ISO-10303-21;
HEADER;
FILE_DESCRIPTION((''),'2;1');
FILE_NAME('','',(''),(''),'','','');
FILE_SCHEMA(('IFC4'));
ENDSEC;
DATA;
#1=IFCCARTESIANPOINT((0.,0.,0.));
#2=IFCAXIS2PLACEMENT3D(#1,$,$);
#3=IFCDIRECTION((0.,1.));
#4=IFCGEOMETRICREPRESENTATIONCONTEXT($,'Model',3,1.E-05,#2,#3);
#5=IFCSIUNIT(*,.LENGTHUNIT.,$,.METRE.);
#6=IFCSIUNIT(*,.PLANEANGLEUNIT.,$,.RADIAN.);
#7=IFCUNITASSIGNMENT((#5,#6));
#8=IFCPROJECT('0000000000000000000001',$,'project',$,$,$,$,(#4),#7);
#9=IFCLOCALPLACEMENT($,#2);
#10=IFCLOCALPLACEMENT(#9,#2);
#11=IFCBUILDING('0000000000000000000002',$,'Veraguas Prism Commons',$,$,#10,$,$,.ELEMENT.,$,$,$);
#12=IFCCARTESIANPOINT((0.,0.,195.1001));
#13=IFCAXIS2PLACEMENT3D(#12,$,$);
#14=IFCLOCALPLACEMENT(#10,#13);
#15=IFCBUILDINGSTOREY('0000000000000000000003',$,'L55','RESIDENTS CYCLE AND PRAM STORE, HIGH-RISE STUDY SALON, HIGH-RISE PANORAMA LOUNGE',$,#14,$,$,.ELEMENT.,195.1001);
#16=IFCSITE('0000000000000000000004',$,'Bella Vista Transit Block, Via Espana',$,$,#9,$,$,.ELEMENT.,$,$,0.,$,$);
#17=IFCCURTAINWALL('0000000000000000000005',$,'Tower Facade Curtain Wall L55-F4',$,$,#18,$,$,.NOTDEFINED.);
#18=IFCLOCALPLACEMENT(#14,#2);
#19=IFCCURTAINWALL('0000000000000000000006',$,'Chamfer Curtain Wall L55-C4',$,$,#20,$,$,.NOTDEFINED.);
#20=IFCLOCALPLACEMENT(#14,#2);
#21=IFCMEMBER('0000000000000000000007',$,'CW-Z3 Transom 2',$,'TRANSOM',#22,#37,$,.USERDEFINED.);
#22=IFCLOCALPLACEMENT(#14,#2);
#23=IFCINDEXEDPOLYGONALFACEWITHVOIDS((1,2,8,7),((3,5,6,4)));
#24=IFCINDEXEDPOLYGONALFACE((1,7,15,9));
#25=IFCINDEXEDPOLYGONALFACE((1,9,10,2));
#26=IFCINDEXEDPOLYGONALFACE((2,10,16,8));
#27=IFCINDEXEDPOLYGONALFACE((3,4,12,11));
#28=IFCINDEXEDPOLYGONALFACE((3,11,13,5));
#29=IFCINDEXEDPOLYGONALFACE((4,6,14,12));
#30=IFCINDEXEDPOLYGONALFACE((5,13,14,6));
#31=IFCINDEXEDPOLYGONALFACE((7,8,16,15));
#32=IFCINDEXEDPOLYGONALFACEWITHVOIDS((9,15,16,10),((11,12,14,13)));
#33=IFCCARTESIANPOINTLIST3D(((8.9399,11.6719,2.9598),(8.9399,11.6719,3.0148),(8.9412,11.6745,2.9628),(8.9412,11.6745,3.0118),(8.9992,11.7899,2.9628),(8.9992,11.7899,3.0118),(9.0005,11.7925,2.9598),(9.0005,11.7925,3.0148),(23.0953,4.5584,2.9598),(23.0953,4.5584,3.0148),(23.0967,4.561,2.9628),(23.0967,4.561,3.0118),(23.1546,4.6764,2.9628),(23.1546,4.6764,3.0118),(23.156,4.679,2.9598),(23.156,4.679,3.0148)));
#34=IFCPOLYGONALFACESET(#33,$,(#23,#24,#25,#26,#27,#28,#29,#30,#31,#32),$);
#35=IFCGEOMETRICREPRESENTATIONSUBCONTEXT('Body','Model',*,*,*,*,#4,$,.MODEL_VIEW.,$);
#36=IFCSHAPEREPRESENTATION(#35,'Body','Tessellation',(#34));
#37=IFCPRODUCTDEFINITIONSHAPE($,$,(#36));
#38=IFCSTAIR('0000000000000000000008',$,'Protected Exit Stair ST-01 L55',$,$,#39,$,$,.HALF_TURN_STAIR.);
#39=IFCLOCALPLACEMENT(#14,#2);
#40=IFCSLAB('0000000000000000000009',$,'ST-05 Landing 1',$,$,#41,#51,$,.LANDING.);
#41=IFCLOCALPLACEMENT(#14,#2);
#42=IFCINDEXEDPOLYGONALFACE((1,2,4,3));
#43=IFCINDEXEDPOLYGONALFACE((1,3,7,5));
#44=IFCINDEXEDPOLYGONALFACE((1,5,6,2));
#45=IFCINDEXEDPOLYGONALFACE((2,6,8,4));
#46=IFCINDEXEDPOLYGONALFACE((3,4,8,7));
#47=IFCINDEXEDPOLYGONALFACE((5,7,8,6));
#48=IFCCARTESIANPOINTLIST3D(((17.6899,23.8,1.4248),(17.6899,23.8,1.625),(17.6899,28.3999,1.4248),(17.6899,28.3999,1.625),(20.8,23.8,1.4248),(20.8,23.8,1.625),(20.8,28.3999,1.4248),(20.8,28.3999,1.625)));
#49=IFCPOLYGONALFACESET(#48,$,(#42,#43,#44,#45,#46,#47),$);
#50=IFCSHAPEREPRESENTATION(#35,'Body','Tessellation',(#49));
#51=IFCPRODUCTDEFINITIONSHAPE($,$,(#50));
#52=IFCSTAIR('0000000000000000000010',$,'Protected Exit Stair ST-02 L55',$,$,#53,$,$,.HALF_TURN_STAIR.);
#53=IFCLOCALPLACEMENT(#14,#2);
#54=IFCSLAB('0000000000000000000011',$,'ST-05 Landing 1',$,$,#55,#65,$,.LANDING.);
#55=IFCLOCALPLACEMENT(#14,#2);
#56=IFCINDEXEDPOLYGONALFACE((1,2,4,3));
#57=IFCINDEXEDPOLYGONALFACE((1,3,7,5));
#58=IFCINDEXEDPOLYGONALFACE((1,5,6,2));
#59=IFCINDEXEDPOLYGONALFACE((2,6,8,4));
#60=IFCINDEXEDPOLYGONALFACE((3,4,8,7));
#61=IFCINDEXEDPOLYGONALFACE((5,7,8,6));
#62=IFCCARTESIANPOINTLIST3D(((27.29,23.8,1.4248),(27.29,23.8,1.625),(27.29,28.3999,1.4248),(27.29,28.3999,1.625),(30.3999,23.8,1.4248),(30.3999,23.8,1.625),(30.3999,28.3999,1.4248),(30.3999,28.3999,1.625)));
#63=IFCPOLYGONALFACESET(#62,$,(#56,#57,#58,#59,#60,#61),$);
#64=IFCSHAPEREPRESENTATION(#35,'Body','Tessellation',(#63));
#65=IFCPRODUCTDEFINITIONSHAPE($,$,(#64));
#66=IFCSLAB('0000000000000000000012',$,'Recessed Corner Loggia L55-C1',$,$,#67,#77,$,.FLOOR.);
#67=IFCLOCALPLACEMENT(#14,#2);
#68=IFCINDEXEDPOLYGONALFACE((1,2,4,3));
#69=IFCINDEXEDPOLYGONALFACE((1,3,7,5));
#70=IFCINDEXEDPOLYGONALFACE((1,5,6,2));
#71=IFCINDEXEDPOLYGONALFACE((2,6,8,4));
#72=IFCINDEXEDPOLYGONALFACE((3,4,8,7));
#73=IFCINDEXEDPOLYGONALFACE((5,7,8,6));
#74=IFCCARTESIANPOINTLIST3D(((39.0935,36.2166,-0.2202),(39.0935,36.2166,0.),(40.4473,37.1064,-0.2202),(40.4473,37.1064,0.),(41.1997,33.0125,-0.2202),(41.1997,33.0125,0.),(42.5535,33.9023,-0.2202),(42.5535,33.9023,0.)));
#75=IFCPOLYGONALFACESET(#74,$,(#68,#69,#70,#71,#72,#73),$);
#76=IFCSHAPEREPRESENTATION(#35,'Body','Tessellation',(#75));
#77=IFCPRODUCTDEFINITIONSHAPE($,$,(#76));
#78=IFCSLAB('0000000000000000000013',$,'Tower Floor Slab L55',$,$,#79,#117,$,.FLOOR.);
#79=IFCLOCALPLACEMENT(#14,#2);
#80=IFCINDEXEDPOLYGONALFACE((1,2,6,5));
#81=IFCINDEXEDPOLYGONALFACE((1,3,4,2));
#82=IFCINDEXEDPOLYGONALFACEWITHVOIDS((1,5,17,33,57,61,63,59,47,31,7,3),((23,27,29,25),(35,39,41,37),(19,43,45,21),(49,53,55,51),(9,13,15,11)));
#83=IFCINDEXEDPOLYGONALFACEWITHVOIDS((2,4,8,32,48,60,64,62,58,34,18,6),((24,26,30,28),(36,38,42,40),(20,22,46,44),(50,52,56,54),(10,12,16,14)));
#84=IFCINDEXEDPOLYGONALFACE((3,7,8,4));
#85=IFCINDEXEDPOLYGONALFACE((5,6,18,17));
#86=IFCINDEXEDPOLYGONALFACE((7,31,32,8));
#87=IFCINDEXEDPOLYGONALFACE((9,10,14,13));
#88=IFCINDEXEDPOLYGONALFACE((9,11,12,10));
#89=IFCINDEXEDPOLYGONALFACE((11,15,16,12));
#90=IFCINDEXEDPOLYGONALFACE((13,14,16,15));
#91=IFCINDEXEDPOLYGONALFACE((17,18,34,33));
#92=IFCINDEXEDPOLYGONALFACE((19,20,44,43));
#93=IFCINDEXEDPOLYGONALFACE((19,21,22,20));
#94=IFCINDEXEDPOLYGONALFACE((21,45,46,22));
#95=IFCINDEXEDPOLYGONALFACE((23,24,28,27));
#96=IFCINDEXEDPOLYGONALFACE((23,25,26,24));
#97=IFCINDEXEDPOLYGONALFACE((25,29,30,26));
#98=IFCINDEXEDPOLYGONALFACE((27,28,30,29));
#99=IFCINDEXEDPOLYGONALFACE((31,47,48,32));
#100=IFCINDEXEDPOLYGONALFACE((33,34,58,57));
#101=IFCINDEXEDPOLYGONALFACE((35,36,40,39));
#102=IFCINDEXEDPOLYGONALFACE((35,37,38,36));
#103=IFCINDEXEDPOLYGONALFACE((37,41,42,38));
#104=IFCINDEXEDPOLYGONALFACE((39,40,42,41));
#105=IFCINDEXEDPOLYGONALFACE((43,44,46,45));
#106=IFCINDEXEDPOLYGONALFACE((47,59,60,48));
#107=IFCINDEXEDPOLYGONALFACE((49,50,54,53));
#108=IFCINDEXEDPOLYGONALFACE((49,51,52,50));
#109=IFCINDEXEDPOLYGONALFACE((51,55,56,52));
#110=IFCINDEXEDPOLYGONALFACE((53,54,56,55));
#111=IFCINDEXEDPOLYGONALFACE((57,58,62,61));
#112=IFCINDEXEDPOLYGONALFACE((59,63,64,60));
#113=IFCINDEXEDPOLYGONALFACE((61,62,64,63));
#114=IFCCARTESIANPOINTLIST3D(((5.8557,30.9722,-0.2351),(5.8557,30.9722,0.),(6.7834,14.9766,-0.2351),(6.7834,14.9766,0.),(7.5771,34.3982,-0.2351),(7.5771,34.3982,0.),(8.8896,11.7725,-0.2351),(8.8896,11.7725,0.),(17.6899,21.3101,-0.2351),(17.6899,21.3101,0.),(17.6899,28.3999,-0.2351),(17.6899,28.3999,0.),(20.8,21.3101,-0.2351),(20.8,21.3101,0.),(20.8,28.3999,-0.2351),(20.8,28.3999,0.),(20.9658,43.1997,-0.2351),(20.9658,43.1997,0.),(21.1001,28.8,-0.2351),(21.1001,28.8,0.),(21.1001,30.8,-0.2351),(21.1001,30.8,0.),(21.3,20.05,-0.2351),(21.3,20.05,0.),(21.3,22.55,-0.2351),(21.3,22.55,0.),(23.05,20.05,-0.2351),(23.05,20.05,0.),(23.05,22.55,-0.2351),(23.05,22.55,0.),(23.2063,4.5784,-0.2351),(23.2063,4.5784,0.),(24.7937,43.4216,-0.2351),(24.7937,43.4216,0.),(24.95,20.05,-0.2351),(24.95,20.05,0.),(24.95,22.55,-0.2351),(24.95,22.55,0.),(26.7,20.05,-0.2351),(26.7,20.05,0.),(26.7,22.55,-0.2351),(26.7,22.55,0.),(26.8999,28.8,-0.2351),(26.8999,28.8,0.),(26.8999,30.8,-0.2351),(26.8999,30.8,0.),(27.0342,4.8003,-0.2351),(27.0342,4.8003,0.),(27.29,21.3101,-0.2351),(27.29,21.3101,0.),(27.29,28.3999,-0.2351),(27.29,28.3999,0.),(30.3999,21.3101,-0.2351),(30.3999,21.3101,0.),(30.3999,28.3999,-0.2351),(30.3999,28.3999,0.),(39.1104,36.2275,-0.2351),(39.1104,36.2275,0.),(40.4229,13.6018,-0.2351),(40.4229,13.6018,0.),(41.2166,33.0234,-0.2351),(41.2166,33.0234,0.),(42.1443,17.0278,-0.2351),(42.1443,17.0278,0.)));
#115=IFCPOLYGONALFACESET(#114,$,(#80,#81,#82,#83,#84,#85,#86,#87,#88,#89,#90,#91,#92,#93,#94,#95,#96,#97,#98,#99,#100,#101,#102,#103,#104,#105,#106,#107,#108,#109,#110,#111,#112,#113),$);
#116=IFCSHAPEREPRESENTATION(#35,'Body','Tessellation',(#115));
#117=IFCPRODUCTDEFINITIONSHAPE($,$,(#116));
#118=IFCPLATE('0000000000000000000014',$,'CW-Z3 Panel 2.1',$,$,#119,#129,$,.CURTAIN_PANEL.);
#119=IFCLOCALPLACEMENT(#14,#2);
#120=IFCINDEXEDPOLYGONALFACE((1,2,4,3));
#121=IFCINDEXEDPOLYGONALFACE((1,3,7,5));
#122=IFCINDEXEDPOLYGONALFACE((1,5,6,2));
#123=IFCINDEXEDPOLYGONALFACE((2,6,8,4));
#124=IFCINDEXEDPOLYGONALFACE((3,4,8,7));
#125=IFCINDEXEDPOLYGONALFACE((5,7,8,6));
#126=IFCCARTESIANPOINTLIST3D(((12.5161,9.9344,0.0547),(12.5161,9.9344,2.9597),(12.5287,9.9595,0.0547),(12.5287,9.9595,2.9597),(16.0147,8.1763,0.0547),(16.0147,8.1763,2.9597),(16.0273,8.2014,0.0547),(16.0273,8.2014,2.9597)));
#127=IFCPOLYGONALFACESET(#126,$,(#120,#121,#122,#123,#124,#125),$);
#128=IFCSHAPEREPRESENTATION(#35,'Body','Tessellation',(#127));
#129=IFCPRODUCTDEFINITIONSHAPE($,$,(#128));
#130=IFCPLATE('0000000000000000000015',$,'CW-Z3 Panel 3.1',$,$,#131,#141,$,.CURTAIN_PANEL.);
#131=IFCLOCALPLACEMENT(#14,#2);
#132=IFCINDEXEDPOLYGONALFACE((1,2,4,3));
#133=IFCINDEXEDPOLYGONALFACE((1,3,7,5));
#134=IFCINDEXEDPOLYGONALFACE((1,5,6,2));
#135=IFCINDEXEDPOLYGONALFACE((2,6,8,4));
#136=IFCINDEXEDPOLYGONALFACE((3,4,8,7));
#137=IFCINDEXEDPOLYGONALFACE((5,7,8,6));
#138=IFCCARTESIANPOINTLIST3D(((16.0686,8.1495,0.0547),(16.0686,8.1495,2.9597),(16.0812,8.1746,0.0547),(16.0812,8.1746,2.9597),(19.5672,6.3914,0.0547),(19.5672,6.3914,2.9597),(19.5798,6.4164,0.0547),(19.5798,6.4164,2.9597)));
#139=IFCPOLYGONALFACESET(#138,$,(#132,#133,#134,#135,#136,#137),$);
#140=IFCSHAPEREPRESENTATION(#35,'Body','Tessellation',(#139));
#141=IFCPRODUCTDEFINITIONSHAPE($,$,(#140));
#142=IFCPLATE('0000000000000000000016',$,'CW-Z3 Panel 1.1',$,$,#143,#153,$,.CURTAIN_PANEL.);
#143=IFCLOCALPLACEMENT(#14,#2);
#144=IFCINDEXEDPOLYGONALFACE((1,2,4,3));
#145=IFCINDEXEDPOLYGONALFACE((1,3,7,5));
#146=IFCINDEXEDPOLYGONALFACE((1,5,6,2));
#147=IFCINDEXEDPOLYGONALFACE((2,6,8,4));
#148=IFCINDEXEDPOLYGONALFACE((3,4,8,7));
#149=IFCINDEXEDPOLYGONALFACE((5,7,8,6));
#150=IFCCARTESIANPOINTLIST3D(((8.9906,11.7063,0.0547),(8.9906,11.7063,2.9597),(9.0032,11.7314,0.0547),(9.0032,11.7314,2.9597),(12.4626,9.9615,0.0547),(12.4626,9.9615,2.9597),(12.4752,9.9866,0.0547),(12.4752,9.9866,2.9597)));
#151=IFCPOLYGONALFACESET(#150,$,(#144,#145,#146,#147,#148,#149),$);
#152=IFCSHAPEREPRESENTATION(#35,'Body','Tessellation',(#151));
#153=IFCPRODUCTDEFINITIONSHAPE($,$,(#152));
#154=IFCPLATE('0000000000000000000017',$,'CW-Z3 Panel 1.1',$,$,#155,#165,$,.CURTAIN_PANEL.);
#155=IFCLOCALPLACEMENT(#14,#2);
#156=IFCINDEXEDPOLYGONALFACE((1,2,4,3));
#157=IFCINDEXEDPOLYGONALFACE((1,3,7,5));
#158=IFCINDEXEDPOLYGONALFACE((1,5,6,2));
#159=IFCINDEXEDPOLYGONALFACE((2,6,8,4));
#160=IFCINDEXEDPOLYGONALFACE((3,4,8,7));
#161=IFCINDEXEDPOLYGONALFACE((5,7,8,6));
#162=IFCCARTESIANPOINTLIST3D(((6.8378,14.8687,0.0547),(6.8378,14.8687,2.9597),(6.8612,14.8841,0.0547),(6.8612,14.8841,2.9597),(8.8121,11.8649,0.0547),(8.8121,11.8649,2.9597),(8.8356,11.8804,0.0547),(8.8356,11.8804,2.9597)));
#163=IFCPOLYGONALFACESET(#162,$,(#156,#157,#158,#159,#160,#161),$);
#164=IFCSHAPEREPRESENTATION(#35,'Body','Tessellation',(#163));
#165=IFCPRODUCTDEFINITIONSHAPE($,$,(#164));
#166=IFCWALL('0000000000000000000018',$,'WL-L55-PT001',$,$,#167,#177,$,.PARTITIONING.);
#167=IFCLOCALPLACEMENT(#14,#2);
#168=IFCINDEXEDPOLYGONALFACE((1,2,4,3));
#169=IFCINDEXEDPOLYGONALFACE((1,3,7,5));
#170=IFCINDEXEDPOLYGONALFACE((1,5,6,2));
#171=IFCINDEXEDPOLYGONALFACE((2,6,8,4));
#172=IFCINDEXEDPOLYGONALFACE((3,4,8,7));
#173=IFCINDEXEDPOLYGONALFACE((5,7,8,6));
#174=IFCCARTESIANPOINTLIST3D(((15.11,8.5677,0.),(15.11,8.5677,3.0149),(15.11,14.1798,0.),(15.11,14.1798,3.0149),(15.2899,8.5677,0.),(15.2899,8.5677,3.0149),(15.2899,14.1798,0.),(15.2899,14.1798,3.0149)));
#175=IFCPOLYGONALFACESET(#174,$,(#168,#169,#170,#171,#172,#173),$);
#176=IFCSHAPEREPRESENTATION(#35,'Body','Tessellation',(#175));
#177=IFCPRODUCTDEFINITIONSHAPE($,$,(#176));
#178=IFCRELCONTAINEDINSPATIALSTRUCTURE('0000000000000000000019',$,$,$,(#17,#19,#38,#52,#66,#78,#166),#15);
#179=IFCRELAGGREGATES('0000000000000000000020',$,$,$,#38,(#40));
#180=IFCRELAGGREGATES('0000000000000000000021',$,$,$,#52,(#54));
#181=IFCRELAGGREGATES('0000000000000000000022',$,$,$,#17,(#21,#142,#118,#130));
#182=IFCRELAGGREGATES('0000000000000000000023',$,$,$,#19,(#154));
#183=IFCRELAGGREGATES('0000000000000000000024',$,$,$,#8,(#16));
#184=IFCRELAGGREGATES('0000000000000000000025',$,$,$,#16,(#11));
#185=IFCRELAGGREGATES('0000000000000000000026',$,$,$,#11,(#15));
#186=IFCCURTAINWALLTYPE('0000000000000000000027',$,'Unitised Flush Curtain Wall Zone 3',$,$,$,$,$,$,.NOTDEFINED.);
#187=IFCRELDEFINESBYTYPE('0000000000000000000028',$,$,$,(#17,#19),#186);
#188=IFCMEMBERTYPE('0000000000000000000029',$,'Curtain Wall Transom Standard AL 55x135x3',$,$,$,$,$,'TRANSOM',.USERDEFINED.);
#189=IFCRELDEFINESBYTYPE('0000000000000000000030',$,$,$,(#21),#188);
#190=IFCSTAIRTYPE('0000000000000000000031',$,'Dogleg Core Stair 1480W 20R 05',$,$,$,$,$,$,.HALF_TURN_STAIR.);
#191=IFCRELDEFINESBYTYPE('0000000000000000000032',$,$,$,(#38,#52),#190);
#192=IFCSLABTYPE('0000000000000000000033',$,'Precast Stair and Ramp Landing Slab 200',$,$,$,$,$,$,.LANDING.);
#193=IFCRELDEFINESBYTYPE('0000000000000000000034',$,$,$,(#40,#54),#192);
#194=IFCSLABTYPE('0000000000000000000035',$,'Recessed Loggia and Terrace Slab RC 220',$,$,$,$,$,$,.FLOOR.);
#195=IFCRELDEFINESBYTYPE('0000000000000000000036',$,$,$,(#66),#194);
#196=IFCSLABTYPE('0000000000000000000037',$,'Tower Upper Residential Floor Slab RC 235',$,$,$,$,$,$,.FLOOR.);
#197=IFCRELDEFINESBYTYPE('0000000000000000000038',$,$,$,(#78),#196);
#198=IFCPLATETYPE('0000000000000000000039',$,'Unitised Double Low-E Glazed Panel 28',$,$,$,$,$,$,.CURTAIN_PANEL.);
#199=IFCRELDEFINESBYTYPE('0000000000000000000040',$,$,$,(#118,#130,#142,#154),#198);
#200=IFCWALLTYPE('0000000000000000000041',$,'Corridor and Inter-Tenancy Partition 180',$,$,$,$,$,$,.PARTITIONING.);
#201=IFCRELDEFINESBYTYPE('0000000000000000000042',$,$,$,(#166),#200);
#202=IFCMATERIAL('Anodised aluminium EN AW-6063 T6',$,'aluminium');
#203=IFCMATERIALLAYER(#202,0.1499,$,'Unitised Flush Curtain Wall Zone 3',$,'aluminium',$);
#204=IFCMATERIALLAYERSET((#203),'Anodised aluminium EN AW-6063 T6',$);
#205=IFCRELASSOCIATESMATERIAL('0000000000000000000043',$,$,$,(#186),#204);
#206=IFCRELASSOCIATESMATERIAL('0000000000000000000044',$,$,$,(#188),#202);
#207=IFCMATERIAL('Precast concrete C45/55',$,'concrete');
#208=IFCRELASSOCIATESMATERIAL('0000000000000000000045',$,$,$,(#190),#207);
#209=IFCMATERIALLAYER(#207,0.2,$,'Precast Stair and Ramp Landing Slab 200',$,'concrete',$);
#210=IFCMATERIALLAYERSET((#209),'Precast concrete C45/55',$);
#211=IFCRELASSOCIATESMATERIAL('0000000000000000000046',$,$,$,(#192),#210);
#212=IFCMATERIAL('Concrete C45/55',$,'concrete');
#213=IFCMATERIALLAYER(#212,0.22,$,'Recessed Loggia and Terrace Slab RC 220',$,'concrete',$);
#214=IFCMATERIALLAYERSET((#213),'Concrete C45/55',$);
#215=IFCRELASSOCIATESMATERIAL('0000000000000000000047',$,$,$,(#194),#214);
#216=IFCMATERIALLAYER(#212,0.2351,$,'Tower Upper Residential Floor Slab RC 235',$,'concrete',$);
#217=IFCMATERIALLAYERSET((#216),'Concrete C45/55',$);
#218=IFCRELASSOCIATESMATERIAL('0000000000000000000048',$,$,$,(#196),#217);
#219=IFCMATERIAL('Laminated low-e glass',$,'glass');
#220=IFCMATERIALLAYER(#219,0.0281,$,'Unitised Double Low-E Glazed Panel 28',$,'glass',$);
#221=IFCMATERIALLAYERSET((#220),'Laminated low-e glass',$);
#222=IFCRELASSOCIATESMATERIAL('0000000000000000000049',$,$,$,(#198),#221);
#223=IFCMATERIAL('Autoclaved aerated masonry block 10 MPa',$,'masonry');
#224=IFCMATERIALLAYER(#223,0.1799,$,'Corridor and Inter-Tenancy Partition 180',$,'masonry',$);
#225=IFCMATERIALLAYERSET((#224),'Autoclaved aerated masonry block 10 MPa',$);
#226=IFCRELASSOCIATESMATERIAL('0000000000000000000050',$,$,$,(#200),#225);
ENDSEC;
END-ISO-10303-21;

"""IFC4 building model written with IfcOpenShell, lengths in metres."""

from ifc_helpers import new_model, si_unit, direction, frame, frame_2d, origin, origin_2d, place, context, subcontext, project, spatial, polyline, rectangle, hollow_rectangle, outline, extrude, source, transform, mapped, material, layer, layer_set, material_profile, profile_set, type_object, element, aggregate, save


model = new_model("IFC4")

# Units and contexts
model_context = context("Model", 3, precision=1e-05, world=origin(), true_north=direction((0.0, 1.0)))
body_context = subcontext(model_context, "Body", "Model", "MODEL_VIEW")
ifc_project = project(units=[si_unit("LENGTHUNIT", "METRE"), si_unit("PLANEANGLEUNIT", "RADIAN")], contexts=[model_context])

# Site, building, storey
site_placement = place(None, origin())
site = spatial("IfcSite", under=ifc_project, at=site_placement, Name="Bella Vista Transit Block, Via Espana", CompositionType="ELEMENT", RefElevation=0.0)
building_placement = place(site_placement, origin())
building = spatial("IfcBuilding", under=site, at=building_placement, Name="Veraguas Prism Commons", CompositionType="ELEMENT")
storey_placement = place(building_placement, frame((0.0, 0.0, 195.1001)))
storey = spatial("IfcBuildingStorey", under=building, at=storey_placement, Name="L55", Description="RESIDENTS CYCLE AND PRAM STORE, HIGH-RISE STUDY SALON, HIGH-RISE PANORAMA LOUNGE", CompositionType="ELEMENT", Elevation=195.1001)

# Curtain wall
ifc_material_1 = material(Name="Anodised aluminium EN AW-6063 T6", Category="aluminium")
ifc_layer_1 = layer(ifc_material_1, 0.1499, Name="Unitised Flush Curtain Wall Zone 3", Category="aluminium")
ifc_layer_set_1 = layer_set([ifc_layer_1], Name="Anodised aluminium EN AW-6063 T6")
curtain_wall_type = type_object("IfcCurtainWallType", Name="Unitised Flush Curtain Wall Zone 3", PredefinedType="NOTDEFINED", material=ifc_layer_set_1)
curtain_wall_1_placement = place(storey_placement, origin())
curtain_wall_1 = element("IfcCurtainWall", 1, at=curtain_wall_1_placement, inside=storey, type_object=curtain_wall_type, Name="Tower Facade Curtain Wall L55-F4", PredefinedType="NOTDEFINED")

# Curtain wall
curtain_wall_2_placement = place(storey_placement, origin())
curtain_wall_2 = element("IfcCurtainWall", 2, at=curtain_wall_2_placement, inside=storey, type_object=curtain_wall_type, Name="Chamfer Curtain Wall L55-C4", PredefinedType="NOTDEFINED")

# Member
ifc_material_profile_1 = material_profile(ifc_material_1, hollow_rectangle(XDim=0.0549, YDim=0.135, WallThickness=0.0029, at=origin_2d()), Name="AL55X135X3")
ifc_profile_set_1 = profile_set([ifc_material_profile_1], Name="Anodised aluminium EN AW-6063 T6")
member_type_1 = type_object("IfcMemberType", Name="Curtain Wall Transom Standard AL 55x135x3", ElementType="TRANSOM", PredefinedType="USERDEFINED", material=ifc_profile_set_1)
shared_shape_1 = source(origin(), body_context, "Body", "SweptSolid", [
    extrude(hollow_rectangle(XDim=0.0549, YDim=0.135, WallThickness=0.0029, at=origin_2d()), origin(), (0.0, 0.0, 1.0), 15.8423),
])
member_1_placement = place(storey_placement, frame((8.9702, 11.7322, 2.9873), z_axis=(0.893522, -0.449019, 0.0), x_axis=(0.0, 0.0, 1.0)))
member_1 = element("IfcMember", 3, at=member_1_placement, type_object=member_type_1, Name="CW-Z3 Transom 2", ObjectType="TRANSOM", PredefinedType="USERDEFINED", context=body_context, shape_type="MappedRepresentation", body=[
    mapped(shared_shape_1, transform((0.0, 0.0, 0.0), scale=1.0)),
])

# Stairs, slabs
ifc_material_2 = material(Name="Precast concrete C45/55", Category="concrete")
stair_type = type_object("IfcStairType", Name="Dogleg Core Stair 1480W 20R 05", PredefinedType="HALF_TURN_STAIR", material=ifc_material_2)
stair_1_placement = place(storey_placement, origin())
stair_1 = element("IfcStair", 4, at=stair_1_placement, inside=storey, type_object=stair_type, Name="Protected Exit Stair ST-01 L55", PredefinedType="HALF_TURN_STAIR")
ifc_layer_2 = layer(ifc_material_2, 0.2, Name="Precast Stair and Ramp Landing Slab 200", Category="concrete")
ifc_layer_set_2 = layer_set([ifc_layer_2], Name="Precast concrete C45/55")
slab_type_1 = type_object("IfcSlabType", Name="Precast Stair and Ramp Landing Slab 200", PredefinedType="LANDING", material=ifc_layer_set_2)
slab_1_placement = place(storey_placement, frame((0.0, 0.0, 1.4248)))
slab_1 = element("IfcSlab", 5, at=slab_1_placement, type_object=slab_type_1, Name="ST-05 Landing 1", PredefinedType="LANDING", context=body_context, shape_type="SweptSolid", body=[
    extrude(outline(polyline([(20.8, 23.8), (20.8, 28.3999), (17.6899, 28.3999), (17.6899, 23.8), (20.8, 23.8)])), origin(), (0.0, 0.0, 1.0), 0.2002),
])
aggregate(stair_1, [slab_1])
stair_2_placement = place(storey_placement, origin())
stair_2 = element("IfcStair", 6, at=stair_2_placement, inside=storey, type_object=stair_type, Name="Protected Exit Stair ST-02 L55", PredefinedType="HALF_TURN_STAIR")
slab_2_placement = place(storey_placement, frame((0.0, 0.0, 1.4248)))
slab_2 = element("IfcSlab", 7, at=slab_2_placement, type_object=slab_type_1, Name="ST-05 Landing 1", PredefinedType="LANDING", context=body_context, shape_type="SweptSolid", body=[
    extrude(outline(polyline([(30.3999, 23.8), (30.3999, 28.3999), (27.29, 28.3999), (27.29, 23.8), (30.3999, 23.8)])), origin(), (0.0, 0.0, 1.0), 0.2002),
])
aggregate(stair_2, [slab_2])

# Slabs
ifc_material_3 = material(Name="Concrete C45/55", Category="concrete")
ifc_layer_3 = layer(ifc_material_3, 0.22, Name="Recessed Loggia and Terrace Slab RC 220", Category="concrete")
ifc_layer_set_3 = layer_set([ifc_layer_3], Name="Concrete C45/55")
slab_type_2 = type_object("IfcSlabType", Name="Recessed Loggia and Terrace Slab RC 220", PredefinedType="FLOOR", material=ifc_layer_set_3)
slab_3_placement = place(storey_placement, frame((0.0, 0.0, -0.2202)))
element("IfcSlab", 8, at=slab_3_placement, inside=storey, type_object=slab_type_2, Name="Recessed Corner Loggia L55-C1", PredefinedType="FLOOR", context=body_context, shape_type="SweptSolid", body=[
    extrude(outline(polyline([(41.1997, 33.0125), (42.5535, 33.9023), (40.4473, 37.1064), (39.0935, 36.2166), (41.1997, 33.0125)])), origin(), (0.0, 0.0, 1.0), 0.2202),
])
ifc_layer_4 = layer(ifc_material_3, 0.2351, Name="Tower Upper Residential Floor Slab RC 235", Category="concrete")
ifc_layer_set_4 = layer_set([ifc_layer_4], Name="Concrete C45/55")
slab_type_3 = type_object("IfcSlabType", Name="Tower Upper Residential Floor Slab RC 235", PredefinedType="FLOOR", material=ifc_layer_set_4)
slab_4_placement = place(storey_placement, frame((0.0, 0.0, -0.2351)))
element("IfcSlab", 9, at=slab_4_placement, inside=storey, type_object=slab_type_3, Name="Tower Floor Slab L55", PredefinedType="FLOOR", context=body_context, shape_type="SweptSolid", body=[
    extrude(outline(polyline([(41.2166, 33.0234), (39.1104, 36.2275), (24.7937, 43.4216), (20.9658, 43.1997), (7.5771, 34.3982), (5.8557, 30.9722), (6.7834, 14.9766), (8.8896, 11.7725), (23.2063, 4.5784), (27.0342, 4.8003), (40.4229, 13.6018), (42.1443, 17.0278), (41.2166, 33.0234)]), holes=[polyline([(20.8, 21.3101), (20.8, 28.3999), (17.6899, 28.3999), (17.6899, 21.3101), (20.8, 21.3101)]), polyline([(30.3999, 21.3101), (30.3999, 28.3999), (27.29, 28.3999), (27.29, 21.3101), (30.3999, 21.3101)]), polyline([(21.1001, 28.8), (26.8999, 28.8), (26.8999, 30.8), (21.1001, 30.8), (21.1001, 28.8)]), polyline([(21.3, 20.05), (23.05, 20.05), (23.05, 22.55), (21.3, 22.55), (21.3, 20.05)]), polyline([(24.95, 20.05), (26.7, 20.05), (26.7, 22.55), (24.95, 22.55), (24.95, 20.05)])]), origin(), (0.0, 0.0, 1.0), 0.2351),
])

# Plates
ifc_material_4 = material(Name="Laminated low-e glass", Category="glass")
ifc_layer_5 = layer(ifc_material_4, 0.0281, Name="Unitised Double Low-E Glazed Panel 28", Category="glass")
ifc_layer_set_5 = layer_set([ifc_layer_5], Name="Laminated low-e glass")
plate_type = type_object("IfcPlateType", Name="Unitised Double Low-E Glazed Panel 28", PredefinedType="CURTAIN_PANEL", material=ifc_layer_set_5)
shared_shape_2 = source(origin(), body_context, "Body", "SweptSolid", [
    extrude(rectangle(XDim=3.9155, YDim=0.0281, at=origin_2d()), origin(), (0.0, 0.0, 1.0), 2.905),
])
plate_1_placement = place(storey_placement, frame((14.2717, 9.0679, 0.0547), z_axis=(0.0, 0.0, 1.0), x_axis=(0.893526, -0.449012, 0.0)))
plate_1 = element("IfcPlate", 10, at=plate_1_placement, type_object=plate_type, Name="CW-Z3 Panel 2.1", PredefinedType="CURTAIN_PANEL", context=body_context, shape_type="MappedRepresentation", body=[
    mapped(shared_shape_2, transform((0.0, 0.0, 0.0), scale=1.0)),
])
plate_2_placement = place(storey_placement, frame((17.8242, 7.283, 0.0547), z_axis=(0.0, 0.0, 1.0), x_axis=(0.893526, -0.449012, 0.0)))
plate_2 = element("IfcPlate", 11, at=plate_2_placement, type_object=plate_type, Name="CW-Z3 Panel 3.1", PredefinedType="CURTAIN_PANEL", context=body_context, shape_type="MappedRepresentation", body=[
    mapped(shared_shape_2, transform((0.0, 0.0, 0.0), scale=1.0)),
])
shared_shape_3 = source(origin(), body_context, "Body", "SweptSolid", [
    extrude(rectangle(XDim=3.8857, YDim=0.0281, at=origin_2d()), origin(), (0.0, 0.0, 1.0), 2.905),
])
plate_3_placement = place(storey_placement, frame((10.7329, 10.8464, 0.0547), z_axis=(0.0, 0.0, 1.0), x_axis=(0.893526, -0.449012, 0.0)))
plate_3 = element("IfcPlate", 12, at=plate_3_placement, type_object=plate_type, Name="CW-Z3 Panel 1.1", PredefinedType="CURTAIN_PANEL", context=body_context, shape_type="MappedRepresentation", body=[
    mapped(shared_shape_3, transform((0.0, 0.0, 0.0), scale=1.0)),
])
aggregate(curtain_wall_1, [member_1, plate_3, plate_1, plate_2])
shared_shape_4 = source(origin(), body_context, "Body", "SweptSolid", [
    extrude(rectangle(XDim=3.5945, YDim=0.0281, at=origin_2d()), origin(), (0.0, 0.0, 1.0), 2.905),
])
plate_4_placement = place(storey_placement, frame((7.8367, 13.3745, 0.0547), z_axis=(0.0, 0.0, 1.0), x_axis=(0.549271, -0.835644, 0.0)))
plate_4 = element("IfcPlate", 13, at=plate_4_placement, type_object=plate_type, Name="CW-Z3 Panel 1.1", PredefinedType="CURTAIN_PANEL", context=body_context, shape_type="MappedRepresentation", body=[
    mapped(shared_shape_4, transform((0.0, 0.0, 0.0), scale=1.0)),
])
aggregate(curtain_wall_2, [plate_4])

# Wall
ifc_material_5 = material(Name="Autoclaved aerated masonry block 10 MPa", Category="masonry")
ifc_layer_6 = layer(ifc_material_5, 0.1799, Name="Corridor and Inter-Tenancy Partition 180", Category="masonry")
ifc_layer_set_6 = layer_set([ifc_layer_6], Name="Autoclaved aerated masonry block 10 MPa")
wall_type = type_object("IfcWallType", Name="Corridor and Inter-Tenancy Partition 180", PredefinedType="PARTITIONING", material=ifc_layer_set_6)
wall_1_placement = place(storey_placement, frame((15.2, 14.1799, 0.0), z_axis=(0.0, 0.0, 1.0), x_axis=(0.0, -1.0, 0.0)))
element("IfcWall", 14, at=wall_1_placement, inside=storey, type_object=wall_type, Name="WL-L55-PT001", PredefinedType="PARTITIONING", context=body_context, shape_type="SweptSolid", body=[
    extrude(rectangle(XDim=5.6121, YDim=0.1799, at=frame_2d((2.8062, 0.0))), origin(), (0.0, 0.0, 1.0), 3.0149),
])

save(model, "model.ifc")
